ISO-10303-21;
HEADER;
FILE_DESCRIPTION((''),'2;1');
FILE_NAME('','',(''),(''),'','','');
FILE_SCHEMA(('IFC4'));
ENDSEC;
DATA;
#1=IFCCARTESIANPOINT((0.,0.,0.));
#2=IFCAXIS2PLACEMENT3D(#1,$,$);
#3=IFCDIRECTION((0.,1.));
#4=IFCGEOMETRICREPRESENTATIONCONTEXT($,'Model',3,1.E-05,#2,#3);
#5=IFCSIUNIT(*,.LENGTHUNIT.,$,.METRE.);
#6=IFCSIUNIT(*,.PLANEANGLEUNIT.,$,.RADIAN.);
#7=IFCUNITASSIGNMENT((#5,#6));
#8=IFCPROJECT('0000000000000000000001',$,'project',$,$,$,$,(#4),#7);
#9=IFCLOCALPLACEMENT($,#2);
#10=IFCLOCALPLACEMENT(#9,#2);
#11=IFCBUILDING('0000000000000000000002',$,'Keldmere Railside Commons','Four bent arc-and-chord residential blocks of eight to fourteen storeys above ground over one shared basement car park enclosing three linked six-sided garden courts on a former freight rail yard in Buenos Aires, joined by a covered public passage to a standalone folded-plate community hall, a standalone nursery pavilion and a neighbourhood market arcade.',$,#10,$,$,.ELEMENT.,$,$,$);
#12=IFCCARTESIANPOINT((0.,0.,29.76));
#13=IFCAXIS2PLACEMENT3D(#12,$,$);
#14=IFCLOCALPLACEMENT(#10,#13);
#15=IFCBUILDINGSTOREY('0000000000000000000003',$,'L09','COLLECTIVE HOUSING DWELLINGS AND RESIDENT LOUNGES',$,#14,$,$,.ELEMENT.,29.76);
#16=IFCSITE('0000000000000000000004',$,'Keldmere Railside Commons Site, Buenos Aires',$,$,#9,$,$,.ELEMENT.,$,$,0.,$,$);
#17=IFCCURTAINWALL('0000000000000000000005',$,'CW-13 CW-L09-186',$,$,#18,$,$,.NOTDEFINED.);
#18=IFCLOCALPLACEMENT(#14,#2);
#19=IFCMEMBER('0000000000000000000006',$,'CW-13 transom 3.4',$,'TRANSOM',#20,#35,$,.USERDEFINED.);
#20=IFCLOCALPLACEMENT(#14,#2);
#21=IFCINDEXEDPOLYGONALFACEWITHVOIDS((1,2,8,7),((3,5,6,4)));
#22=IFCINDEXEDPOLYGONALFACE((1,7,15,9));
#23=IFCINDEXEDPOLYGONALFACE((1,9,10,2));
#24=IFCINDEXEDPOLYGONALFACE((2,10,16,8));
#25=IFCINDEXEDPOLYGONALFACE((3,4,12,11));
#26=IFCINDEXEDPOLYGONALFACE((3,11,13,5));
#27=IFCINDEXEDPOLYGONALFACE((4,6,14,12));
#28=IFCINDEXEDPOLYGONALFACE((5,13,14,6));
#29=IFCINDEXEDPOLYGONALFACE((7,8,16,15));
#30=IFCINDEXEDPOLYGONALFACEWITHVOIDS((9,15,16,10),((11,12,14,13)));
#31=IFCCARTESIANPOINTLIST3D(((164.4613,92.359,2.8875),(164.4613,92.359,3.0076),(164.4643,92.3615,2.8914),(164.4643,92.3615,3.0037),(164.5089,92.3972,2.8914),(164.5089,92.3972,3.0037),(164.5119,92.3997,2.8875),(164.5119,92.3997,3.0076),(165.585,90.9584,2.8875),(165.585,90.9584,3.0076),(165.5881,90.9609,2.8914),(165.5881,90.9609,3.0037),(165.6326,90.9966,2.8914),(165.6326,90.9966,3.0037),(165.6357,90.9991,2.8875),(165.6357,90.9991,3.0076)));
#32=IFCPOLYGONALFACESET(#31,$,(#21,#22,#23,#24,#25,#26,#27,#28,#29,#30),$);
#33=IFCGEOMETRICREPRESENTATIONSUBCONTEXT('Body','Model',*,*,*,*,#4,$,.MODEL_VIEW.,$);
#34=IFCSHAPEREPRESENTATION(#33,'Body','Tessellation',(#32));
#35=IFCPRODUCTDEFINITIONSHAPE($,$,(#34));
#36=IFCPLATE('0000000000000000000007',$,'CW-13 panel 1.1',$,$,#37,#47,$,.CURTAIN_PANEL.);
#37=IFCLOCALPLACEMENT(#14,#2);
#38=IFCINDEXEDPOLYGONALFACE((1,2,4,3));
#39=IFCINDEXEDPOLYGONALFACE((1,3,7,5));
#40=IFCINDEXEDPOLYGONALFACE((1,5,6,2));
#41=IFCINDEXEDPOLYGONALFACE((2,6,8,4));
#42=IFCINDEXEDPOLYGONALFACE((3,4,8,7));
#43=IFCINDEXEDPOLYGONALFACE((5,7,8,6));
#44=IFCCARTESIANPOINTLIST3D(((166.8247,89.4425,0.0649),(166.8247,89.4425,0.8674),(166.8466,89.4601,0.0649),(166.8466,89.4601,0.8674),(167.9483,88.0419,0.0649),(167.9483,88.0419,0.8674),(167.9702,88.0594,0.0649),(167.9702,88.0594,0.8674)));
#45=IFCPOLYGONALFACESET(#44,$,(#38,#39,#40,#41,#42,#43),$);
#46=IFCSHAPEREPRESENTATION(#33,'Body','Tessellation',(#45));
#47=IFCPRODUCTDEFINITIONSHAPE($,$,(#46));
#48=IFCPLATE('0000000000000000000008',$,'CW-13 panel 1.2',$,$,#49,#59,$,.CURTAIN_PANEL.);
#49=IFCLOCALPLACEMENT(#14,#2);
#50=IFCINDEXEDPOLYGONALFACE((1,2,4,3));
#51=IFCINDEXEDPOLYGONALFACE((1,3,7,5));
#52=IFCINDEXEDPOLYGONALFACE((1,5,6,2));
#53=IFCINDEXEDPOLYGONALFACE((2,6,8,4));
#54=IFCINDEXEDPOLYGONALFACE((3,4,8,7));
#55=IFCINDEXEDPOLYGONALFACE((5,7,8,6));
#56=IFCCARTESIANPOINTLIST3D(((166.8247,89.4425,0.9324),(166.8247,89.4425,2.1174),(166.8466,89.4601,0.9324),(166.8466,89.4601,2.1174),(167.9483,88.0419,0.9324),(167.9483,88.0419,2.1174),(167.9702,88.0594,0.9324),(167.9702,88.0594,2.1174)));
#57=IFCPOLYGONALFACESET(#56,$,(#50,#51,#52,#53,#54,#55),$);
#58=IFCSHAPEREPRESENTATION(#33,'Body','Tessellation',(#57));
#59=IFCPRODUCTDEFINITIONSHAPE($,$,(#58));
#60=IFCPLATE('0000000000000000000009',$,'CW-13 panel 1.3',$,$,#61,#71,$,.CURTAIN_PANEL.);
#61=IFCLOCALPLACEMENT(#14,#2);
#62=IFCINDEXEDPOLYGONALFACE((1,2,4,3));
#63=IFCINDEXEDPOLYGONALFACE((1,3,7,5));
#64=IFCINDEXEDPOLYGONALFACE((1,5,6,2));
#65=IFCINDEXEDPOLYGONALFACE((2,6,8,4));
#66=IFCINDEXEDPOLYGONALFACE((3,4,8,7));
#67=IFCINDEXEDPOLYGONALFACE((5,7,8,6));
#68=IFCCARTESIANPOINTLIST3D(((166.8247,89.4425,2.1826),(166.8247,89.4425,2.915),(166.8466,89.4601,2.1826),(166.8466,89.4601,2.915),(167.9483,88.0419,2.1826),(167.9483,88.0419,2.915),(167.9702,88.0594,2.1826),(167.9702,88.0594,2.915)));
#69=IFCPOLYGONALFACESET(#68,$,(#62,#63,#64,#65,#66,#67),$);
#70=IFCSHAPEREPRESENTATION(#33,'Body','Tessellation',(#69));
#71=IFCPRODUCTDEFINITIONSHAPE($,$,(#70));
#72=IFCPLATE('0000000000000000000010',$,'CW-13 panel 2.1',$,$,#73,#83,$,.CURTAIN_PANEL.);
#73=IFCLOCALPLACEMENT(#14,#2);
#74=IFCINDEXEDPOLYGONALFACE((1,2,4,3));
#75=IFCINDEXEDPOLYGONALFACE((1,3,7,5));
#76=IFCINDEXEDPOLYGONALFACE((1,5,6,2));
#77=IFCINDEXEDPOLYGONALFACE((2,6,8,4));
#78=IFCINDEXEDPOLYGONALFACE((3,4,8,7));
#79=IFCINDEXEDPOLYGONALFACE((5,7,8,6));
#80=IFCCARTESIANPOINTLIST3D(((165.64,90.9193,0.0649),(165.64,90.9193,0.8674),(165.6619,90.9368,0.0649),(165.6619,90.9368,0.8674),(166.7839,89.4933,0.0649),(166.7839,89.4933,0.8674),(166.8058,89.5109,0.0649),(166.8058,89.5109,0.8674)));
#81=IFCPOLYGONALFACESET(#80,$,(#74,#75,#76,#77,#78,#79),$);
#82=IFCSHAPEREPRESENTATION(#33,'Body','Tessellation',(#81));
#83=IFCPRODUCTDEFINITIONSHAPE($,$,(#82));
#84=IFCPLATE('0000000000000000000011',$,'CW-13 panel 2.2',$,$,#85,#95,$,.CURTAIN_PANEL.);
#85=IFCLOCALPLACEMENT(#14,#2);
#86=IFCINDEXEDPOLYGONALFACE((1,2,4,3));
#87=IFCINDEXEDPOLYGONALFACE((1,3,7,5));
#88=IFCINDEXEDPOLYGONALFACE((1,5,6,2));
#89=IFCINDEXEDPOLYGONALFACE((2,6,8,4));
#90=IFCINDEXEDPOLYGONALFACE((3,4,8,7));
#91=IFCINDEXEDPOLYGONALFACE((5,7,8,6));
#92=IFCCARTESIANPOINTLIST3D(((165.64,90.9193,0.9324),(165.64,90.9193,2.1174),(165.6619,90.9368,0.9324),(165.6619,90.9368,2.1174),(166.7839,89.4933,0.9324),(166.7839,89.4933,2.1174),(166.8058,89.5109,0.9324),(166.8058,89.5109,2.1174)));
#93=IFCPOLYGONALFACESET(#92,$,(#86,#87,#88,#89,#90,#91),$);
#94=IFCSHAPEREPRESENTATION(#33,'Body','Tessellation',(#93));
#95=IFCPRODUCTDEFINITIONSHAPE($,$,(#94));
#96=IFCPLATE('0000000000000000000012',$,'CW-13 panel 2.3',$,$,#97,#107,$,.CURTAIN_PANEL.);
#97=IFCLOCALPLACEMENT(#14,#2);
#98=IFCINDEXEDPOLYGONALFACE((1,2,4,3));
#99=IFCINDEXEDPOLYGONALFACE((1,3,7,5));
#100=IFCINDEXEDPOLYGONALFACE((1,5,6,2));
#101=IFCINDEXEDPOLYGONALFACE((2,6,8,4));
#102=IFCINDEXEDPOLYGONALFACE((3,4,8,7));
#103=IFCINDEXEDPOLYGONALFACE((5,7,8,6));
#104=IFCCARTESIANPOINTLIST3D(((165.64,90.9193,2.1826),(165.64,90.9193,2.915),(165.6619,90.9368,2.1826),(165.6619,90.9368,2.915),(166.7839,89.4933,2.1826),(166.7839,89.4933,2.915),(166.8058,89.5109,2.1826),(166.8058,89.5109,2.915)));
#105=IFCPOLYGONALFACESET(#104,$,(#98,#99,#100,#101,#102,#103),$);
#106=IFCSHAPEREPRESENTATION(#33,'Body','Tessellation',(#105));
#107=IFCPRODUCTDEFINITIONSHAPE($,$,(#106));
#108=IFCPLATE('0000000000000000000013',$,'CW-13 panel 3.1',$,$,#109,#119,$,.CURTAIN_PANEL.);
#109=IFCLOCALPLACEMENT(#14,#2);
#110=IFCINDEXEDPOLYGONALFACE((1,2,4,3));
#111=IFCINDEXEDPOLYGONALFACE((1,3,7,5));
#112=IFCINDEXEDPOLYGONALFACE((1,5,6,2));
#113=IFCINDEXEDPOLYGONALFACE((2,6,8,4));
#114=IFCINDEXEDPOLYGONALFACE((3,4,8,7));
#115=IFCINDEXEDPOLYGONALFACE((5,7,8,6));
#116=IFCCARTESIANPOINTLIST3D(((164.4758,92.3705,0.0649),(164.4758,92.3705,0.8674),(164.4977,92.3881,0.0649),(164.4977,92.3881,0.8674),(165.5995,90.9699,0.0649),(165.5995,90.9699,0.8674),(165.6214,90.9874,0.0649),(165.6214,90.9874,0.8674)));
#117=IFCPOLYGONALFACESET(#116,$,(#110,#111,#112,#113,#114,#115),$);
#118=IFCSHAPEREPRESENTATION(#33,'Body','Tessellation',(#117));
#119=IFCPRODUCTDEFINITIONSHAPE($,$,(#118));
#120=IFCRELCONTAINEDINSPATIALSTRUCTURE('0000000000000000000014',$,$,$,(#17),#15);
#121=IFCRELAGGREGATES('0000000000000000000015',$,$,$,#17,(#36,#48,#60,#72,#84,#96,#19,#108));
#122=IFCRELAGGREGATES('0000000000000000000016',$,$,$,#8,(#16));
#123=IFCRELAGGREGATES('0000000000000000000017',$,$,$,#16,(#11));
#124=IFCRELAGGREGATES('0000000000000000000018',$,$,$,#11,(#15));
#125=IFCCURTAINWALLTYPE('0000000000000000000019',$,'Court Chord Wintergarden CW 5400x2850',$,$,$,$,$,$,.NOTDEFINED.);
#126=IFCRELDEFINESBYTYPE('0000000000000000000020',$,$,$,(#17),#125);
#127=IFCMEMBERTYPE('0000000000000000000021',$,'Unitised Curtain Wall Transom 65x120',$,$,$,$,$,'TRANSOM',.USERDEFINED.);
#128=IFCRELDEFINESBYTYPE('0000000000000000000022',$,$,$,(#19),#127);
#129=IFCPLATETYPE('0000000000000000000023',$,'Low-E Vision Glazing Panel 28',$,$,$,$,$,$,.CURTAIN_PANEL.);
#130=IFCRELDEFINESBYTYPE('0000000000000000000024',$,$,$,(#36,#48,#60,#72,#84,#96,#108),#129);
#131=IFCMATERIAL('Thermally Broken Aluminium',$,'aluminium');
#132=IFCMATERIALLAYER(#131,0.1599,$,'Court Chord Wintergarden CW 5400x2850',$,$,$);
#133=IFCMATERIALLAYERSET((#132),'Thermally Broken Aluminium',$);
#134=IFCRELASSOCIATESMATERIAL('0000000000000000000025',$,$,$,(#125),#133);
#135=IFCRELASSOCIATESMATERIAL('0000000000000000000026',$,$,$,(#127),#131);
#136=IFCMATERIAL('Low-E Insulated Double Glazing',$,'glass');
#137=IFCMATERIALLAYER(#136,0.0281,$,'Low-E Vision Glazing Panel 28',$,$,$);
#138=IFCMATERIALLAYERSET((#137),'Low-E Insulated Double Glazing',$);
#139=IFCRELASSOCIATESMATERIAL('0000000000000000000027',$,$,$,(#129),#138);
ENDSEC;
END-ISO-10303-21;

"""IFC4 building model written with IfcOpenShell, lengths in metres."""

from ifc_helpers import new_model, si_unit, direction, frame, origin, origin_2d, place, context, subcontext, project, spatial, rectangle, hollow_rectangle, extrude, material, layer, layer_set, material_profile, profile_set, type_object, element, aggregate, save


model = new_model("IFC4")

# Units and contexts
model_context = context("Model", 3, precision=1e-05, world=origin(), true_north=direction((0.0, 1.0)))
body_context = subcontext(model_context, "Body", "Model", "MODEL_VIEW")
ifc_project = project(units=[si_unit("LENGTHUNIT", "METRE"), si_unit("PLANEANGLEUNIT", "RADIAN")], contexts=[model_context])

# Site, building, storey
site_placement = place(None, origin())
site = spatial("IfcSite", under=ifc_project, at=site_placement, Name="Keldmere Railside Commons Site, Buenos Aires", CompositionType="ELEMENT", RefElevation=0.0)
building_placement = place(site_placement, origin())
building = spatial("IfcBuilding", under=site, at=building_placement, Name="Keldmere Railside Commons", Description="Four bent arc-and-chord residential blocks of eight to fourteen storeys above ground over one shared basement car park enclosing three linked six-sided garden courts on a former freight rail yard in Buenos Aires, joined by a covered public passage to a standalone folded-plate community hall, a standalone nursery pavilion and a neighbourhood market arcade.", CompositionType="ELEMENT")
storey_placement = place(building_placement, frame((0.0, 0.0, 29.76)))
storey = spatial("IfcBuildingStorey", under=building, at=storey_placement, Name="L09", Description="COLLECTIVE HOUSING DWELLINGS AND RESIDENT LOUNGES", CompositionType="ELEMENT", Elevation=29.76)

# Curtain wall, member, plates
ifc_material_1 = material(Name="Thermally Broken Aluminium", Category="aluminium")
ifc_layer_1 = layer(ifc_material_1, 0.1599, Name="Court Chord Wintergarden CW 5400x2850")
ifc_layer_set_1 = layer_set([ifc_layer_1], Name="Thermally Broken Aluminium")
curtain_wall_type = type_object("IfcCurtainWallType", Name="Court Chord Wintergarden CW 5400x2850", PredefinedType="NOTDEFINED", material=ifc_layer_set_1)
curtain_wall_placement = place(storey_placement, origin())
curtain_wall = element("IfcCurtainWall", 1, at=curtain_wall_placement, inside=storey, type_object=curtain_wall_type, Name="CW-13 CW-L09-186", PredefinedType="NOTDEFINED")
ifc_material_profile_1 = material_profile(ifc_material_1, hollow_rectangle(XDim=0.0649, YDim=0.1201, WallThickness=0.0039, at=origin_2d()), Name="ALU-TRAN-65x120")
ifc_profile_set_1 = profile_set([ifc_material_profile_1], Name="Thermally Broken Aluminium")
member_type_1 = type_object("IfcMemberType", Name="Unitised Curtain Wall Transom 65x120", ElementType="TRANSOM", PredefinedType="USERDEFINED", material=ifc_profile_set_1)
member_1_placement = place(storey_placement, frame((165.6104, 90.9788, 2.9475), z_axis=(-0.625805, 0.779979, 0.0), x_axis=(-0.779979, -0.625805, 0.0)))
member_1 = element("IfcMember", 2, at=member_1_placement, type_object=member_type_1, Name="CW-13 transom 3.4", ObjectType="TRANSOM", PredefinedType="USERDEFINED", context=body_context, shape_type="SweptSolid", body=[
    extrude(hollow_rectangle(XDim=0.0649, YDim=0.1201, WallThickness=0.0039, at=origin_2d()), origin(), (0.0, 0.0, 1.0), 1.7957),
])
ifc_material_2 = material(Name="Low-E Insulated Double Glazing", Category="glass")
ifc_layer_2 = layer(ifc_material_2, 0.0281, Name="Low-E Vision Glazing Panel 28")
ifc_layer_set_2 = layer_set([ifc_layer_2], Name="Low-E Insulated Double Glazing")
plate_type = type_object("IfcPlateType", Name="Low-E Vision Glazing Panel 28", PredefinedType="CURTAIN_PANEL", material=ifc_layer_set_2)
plate_1_placement = place(storey_placement, frame((167.3975, 88.751, 0.0649), z_axis=(0.0, 0.0, 1.0), x_axis=(-0.625768, 0.780009, 0.0)))
plate_1 = element("IfcPlate", 3, at=plate_1_placement, type_object=plate_type, Name="CW-13 panel 1.1", PredefinedType="CURTAIN_PANEL", context=body_context, shape_type="SweptSolid", body=[
    extrude(rectangle(XDim=1.7957, YDim=0.0281, at=origin_2d()), origin(), (0.0, 0.0, 1.0), 0.8025),
])
plate_2_placement = place(storey_placement, frame((167.3975, 88.751, 0.9324), z_axis=(0.0, 0.0, 1.0), x_axis=(-0.625768, 0.780009, 0.0)))
plate_2 = element("IfcPlate", 4, at=plate_2_placement, type_object=plate_type, Name="CW-13 panel 1.2", PredefinedType="CURTAIN_PANEL", context=body_context, shape_type="SweptSolid", body=[
    extrude(rectangle(XDim=1.7957, YDim=0.0281, at=origin_2d()), origin(), (0.0, 0.0, 1.0), 1.1851),
])
plate_3_placement = place(storey_placement, frame((167.3975, 88.751, 2.1826), z_axis=(0.0, 0.0, 1.0), x_axis=(-0.625768, 0.780009, 0.0)))
plate_3 = element("IfcPlate", 5, at=plate_3_placement, type_object=plate_type, Name="CW-13 panel 1.3", PredefinedType="CURTAIN_PANEL", context=body_context, shape_type="SweptSolid", body=[
    extrude(rectangle(XDim=1.7957, YDim=0.0281, at=origin_2d()), origin(), (0.0, 0.0, 1.0), 0.7324),
])
plate_4_placement = place(storey_placement, frame((166.2229, 90.2151, 0.0649), z_axis=(0.0, 0.0, 1.0), x_axis=(-0.625768, 0.780009, 0.0)))
plate_4 = element("IfcPlate", 6, at=plate_4_placement, type_object=plate_type, Name="CW-13 panel 2.1", PredefinedType="CURTAIN_PANEL", context=body_context, shape_type="SweptSolid", body=[
    extrude(rectangle(XDim=1.8281, YDim=0.0281, at=origin_2d()), origin(), (0.0, 0.0, 1.0), 0.8025),
])
plate_5_placement = place(storey_placement, frame((166.2229, 90.2151, 0.9324), z_axis=(0.0, 0.0, 1.0), x_axis=(-0.625768, 0.780009, 0.0)))
plate_5 = element("IfcPlate", 7, at=plate_5_placement, type_object=plate_type, Name="CW-13 panel 2.2", PredefinedType="CURTAIN_PANEL", context=body_context, shape_type="SweptSolid", body=[
    extrude(rectangle(XDim=1.8281, YDim=0.0281, at=origin_2d()), origin(), (0.0, 0.0, 1.0), 1.1851),
])
plate_6_placement = place(storey_placement, frame((166.2229, 90.2151, 2.1826), z_axis=(0.0, 0.0, 1.0), x_axis=(-0.625768, 0.780009, 0.0)))
plate_6 = element("IfcPlate", 8, at=plate_6_placement, type_object=plate_type, Name="CW-13 panel 2.3", PredefinedType="CURTAIN_PANEL", context=body_context, shape_type="SweptSolid", body=[
    extrude(rectangle(XDim=1.8281, YDim=0.0281, at=origin_2d()), origin(), (0.0, 0.0, 1.0), 0.7324),
])
plate_7_placement = place(storey_placement, frame((165.0486, 91.679, 0.0649), z_axis=(0.0, 0.0, 1.0), x_axis=(-0.625768, 0.780009, 0.0)))
plate_7 = element("IfcPlate", 9, at=plate_7_placement, type_object=plate_type, Name="CW-13 panel 3.1", PredefinedType="CURTAIN_PANEL", context=body_context, shape_type="SweptSolid", body=[
    extrude(rectangle(XDim=1.7957, YDim=0.0281, at=origin_2d()), origin(), (0.0, 0.0, 1.0), 0.8025),
])
aggregate(curtain_wall, [plate_1, plate_2, plate_3, plate_4, plate_5, plate_6, member_1, plate_7])

save(model, "model.ifc")
